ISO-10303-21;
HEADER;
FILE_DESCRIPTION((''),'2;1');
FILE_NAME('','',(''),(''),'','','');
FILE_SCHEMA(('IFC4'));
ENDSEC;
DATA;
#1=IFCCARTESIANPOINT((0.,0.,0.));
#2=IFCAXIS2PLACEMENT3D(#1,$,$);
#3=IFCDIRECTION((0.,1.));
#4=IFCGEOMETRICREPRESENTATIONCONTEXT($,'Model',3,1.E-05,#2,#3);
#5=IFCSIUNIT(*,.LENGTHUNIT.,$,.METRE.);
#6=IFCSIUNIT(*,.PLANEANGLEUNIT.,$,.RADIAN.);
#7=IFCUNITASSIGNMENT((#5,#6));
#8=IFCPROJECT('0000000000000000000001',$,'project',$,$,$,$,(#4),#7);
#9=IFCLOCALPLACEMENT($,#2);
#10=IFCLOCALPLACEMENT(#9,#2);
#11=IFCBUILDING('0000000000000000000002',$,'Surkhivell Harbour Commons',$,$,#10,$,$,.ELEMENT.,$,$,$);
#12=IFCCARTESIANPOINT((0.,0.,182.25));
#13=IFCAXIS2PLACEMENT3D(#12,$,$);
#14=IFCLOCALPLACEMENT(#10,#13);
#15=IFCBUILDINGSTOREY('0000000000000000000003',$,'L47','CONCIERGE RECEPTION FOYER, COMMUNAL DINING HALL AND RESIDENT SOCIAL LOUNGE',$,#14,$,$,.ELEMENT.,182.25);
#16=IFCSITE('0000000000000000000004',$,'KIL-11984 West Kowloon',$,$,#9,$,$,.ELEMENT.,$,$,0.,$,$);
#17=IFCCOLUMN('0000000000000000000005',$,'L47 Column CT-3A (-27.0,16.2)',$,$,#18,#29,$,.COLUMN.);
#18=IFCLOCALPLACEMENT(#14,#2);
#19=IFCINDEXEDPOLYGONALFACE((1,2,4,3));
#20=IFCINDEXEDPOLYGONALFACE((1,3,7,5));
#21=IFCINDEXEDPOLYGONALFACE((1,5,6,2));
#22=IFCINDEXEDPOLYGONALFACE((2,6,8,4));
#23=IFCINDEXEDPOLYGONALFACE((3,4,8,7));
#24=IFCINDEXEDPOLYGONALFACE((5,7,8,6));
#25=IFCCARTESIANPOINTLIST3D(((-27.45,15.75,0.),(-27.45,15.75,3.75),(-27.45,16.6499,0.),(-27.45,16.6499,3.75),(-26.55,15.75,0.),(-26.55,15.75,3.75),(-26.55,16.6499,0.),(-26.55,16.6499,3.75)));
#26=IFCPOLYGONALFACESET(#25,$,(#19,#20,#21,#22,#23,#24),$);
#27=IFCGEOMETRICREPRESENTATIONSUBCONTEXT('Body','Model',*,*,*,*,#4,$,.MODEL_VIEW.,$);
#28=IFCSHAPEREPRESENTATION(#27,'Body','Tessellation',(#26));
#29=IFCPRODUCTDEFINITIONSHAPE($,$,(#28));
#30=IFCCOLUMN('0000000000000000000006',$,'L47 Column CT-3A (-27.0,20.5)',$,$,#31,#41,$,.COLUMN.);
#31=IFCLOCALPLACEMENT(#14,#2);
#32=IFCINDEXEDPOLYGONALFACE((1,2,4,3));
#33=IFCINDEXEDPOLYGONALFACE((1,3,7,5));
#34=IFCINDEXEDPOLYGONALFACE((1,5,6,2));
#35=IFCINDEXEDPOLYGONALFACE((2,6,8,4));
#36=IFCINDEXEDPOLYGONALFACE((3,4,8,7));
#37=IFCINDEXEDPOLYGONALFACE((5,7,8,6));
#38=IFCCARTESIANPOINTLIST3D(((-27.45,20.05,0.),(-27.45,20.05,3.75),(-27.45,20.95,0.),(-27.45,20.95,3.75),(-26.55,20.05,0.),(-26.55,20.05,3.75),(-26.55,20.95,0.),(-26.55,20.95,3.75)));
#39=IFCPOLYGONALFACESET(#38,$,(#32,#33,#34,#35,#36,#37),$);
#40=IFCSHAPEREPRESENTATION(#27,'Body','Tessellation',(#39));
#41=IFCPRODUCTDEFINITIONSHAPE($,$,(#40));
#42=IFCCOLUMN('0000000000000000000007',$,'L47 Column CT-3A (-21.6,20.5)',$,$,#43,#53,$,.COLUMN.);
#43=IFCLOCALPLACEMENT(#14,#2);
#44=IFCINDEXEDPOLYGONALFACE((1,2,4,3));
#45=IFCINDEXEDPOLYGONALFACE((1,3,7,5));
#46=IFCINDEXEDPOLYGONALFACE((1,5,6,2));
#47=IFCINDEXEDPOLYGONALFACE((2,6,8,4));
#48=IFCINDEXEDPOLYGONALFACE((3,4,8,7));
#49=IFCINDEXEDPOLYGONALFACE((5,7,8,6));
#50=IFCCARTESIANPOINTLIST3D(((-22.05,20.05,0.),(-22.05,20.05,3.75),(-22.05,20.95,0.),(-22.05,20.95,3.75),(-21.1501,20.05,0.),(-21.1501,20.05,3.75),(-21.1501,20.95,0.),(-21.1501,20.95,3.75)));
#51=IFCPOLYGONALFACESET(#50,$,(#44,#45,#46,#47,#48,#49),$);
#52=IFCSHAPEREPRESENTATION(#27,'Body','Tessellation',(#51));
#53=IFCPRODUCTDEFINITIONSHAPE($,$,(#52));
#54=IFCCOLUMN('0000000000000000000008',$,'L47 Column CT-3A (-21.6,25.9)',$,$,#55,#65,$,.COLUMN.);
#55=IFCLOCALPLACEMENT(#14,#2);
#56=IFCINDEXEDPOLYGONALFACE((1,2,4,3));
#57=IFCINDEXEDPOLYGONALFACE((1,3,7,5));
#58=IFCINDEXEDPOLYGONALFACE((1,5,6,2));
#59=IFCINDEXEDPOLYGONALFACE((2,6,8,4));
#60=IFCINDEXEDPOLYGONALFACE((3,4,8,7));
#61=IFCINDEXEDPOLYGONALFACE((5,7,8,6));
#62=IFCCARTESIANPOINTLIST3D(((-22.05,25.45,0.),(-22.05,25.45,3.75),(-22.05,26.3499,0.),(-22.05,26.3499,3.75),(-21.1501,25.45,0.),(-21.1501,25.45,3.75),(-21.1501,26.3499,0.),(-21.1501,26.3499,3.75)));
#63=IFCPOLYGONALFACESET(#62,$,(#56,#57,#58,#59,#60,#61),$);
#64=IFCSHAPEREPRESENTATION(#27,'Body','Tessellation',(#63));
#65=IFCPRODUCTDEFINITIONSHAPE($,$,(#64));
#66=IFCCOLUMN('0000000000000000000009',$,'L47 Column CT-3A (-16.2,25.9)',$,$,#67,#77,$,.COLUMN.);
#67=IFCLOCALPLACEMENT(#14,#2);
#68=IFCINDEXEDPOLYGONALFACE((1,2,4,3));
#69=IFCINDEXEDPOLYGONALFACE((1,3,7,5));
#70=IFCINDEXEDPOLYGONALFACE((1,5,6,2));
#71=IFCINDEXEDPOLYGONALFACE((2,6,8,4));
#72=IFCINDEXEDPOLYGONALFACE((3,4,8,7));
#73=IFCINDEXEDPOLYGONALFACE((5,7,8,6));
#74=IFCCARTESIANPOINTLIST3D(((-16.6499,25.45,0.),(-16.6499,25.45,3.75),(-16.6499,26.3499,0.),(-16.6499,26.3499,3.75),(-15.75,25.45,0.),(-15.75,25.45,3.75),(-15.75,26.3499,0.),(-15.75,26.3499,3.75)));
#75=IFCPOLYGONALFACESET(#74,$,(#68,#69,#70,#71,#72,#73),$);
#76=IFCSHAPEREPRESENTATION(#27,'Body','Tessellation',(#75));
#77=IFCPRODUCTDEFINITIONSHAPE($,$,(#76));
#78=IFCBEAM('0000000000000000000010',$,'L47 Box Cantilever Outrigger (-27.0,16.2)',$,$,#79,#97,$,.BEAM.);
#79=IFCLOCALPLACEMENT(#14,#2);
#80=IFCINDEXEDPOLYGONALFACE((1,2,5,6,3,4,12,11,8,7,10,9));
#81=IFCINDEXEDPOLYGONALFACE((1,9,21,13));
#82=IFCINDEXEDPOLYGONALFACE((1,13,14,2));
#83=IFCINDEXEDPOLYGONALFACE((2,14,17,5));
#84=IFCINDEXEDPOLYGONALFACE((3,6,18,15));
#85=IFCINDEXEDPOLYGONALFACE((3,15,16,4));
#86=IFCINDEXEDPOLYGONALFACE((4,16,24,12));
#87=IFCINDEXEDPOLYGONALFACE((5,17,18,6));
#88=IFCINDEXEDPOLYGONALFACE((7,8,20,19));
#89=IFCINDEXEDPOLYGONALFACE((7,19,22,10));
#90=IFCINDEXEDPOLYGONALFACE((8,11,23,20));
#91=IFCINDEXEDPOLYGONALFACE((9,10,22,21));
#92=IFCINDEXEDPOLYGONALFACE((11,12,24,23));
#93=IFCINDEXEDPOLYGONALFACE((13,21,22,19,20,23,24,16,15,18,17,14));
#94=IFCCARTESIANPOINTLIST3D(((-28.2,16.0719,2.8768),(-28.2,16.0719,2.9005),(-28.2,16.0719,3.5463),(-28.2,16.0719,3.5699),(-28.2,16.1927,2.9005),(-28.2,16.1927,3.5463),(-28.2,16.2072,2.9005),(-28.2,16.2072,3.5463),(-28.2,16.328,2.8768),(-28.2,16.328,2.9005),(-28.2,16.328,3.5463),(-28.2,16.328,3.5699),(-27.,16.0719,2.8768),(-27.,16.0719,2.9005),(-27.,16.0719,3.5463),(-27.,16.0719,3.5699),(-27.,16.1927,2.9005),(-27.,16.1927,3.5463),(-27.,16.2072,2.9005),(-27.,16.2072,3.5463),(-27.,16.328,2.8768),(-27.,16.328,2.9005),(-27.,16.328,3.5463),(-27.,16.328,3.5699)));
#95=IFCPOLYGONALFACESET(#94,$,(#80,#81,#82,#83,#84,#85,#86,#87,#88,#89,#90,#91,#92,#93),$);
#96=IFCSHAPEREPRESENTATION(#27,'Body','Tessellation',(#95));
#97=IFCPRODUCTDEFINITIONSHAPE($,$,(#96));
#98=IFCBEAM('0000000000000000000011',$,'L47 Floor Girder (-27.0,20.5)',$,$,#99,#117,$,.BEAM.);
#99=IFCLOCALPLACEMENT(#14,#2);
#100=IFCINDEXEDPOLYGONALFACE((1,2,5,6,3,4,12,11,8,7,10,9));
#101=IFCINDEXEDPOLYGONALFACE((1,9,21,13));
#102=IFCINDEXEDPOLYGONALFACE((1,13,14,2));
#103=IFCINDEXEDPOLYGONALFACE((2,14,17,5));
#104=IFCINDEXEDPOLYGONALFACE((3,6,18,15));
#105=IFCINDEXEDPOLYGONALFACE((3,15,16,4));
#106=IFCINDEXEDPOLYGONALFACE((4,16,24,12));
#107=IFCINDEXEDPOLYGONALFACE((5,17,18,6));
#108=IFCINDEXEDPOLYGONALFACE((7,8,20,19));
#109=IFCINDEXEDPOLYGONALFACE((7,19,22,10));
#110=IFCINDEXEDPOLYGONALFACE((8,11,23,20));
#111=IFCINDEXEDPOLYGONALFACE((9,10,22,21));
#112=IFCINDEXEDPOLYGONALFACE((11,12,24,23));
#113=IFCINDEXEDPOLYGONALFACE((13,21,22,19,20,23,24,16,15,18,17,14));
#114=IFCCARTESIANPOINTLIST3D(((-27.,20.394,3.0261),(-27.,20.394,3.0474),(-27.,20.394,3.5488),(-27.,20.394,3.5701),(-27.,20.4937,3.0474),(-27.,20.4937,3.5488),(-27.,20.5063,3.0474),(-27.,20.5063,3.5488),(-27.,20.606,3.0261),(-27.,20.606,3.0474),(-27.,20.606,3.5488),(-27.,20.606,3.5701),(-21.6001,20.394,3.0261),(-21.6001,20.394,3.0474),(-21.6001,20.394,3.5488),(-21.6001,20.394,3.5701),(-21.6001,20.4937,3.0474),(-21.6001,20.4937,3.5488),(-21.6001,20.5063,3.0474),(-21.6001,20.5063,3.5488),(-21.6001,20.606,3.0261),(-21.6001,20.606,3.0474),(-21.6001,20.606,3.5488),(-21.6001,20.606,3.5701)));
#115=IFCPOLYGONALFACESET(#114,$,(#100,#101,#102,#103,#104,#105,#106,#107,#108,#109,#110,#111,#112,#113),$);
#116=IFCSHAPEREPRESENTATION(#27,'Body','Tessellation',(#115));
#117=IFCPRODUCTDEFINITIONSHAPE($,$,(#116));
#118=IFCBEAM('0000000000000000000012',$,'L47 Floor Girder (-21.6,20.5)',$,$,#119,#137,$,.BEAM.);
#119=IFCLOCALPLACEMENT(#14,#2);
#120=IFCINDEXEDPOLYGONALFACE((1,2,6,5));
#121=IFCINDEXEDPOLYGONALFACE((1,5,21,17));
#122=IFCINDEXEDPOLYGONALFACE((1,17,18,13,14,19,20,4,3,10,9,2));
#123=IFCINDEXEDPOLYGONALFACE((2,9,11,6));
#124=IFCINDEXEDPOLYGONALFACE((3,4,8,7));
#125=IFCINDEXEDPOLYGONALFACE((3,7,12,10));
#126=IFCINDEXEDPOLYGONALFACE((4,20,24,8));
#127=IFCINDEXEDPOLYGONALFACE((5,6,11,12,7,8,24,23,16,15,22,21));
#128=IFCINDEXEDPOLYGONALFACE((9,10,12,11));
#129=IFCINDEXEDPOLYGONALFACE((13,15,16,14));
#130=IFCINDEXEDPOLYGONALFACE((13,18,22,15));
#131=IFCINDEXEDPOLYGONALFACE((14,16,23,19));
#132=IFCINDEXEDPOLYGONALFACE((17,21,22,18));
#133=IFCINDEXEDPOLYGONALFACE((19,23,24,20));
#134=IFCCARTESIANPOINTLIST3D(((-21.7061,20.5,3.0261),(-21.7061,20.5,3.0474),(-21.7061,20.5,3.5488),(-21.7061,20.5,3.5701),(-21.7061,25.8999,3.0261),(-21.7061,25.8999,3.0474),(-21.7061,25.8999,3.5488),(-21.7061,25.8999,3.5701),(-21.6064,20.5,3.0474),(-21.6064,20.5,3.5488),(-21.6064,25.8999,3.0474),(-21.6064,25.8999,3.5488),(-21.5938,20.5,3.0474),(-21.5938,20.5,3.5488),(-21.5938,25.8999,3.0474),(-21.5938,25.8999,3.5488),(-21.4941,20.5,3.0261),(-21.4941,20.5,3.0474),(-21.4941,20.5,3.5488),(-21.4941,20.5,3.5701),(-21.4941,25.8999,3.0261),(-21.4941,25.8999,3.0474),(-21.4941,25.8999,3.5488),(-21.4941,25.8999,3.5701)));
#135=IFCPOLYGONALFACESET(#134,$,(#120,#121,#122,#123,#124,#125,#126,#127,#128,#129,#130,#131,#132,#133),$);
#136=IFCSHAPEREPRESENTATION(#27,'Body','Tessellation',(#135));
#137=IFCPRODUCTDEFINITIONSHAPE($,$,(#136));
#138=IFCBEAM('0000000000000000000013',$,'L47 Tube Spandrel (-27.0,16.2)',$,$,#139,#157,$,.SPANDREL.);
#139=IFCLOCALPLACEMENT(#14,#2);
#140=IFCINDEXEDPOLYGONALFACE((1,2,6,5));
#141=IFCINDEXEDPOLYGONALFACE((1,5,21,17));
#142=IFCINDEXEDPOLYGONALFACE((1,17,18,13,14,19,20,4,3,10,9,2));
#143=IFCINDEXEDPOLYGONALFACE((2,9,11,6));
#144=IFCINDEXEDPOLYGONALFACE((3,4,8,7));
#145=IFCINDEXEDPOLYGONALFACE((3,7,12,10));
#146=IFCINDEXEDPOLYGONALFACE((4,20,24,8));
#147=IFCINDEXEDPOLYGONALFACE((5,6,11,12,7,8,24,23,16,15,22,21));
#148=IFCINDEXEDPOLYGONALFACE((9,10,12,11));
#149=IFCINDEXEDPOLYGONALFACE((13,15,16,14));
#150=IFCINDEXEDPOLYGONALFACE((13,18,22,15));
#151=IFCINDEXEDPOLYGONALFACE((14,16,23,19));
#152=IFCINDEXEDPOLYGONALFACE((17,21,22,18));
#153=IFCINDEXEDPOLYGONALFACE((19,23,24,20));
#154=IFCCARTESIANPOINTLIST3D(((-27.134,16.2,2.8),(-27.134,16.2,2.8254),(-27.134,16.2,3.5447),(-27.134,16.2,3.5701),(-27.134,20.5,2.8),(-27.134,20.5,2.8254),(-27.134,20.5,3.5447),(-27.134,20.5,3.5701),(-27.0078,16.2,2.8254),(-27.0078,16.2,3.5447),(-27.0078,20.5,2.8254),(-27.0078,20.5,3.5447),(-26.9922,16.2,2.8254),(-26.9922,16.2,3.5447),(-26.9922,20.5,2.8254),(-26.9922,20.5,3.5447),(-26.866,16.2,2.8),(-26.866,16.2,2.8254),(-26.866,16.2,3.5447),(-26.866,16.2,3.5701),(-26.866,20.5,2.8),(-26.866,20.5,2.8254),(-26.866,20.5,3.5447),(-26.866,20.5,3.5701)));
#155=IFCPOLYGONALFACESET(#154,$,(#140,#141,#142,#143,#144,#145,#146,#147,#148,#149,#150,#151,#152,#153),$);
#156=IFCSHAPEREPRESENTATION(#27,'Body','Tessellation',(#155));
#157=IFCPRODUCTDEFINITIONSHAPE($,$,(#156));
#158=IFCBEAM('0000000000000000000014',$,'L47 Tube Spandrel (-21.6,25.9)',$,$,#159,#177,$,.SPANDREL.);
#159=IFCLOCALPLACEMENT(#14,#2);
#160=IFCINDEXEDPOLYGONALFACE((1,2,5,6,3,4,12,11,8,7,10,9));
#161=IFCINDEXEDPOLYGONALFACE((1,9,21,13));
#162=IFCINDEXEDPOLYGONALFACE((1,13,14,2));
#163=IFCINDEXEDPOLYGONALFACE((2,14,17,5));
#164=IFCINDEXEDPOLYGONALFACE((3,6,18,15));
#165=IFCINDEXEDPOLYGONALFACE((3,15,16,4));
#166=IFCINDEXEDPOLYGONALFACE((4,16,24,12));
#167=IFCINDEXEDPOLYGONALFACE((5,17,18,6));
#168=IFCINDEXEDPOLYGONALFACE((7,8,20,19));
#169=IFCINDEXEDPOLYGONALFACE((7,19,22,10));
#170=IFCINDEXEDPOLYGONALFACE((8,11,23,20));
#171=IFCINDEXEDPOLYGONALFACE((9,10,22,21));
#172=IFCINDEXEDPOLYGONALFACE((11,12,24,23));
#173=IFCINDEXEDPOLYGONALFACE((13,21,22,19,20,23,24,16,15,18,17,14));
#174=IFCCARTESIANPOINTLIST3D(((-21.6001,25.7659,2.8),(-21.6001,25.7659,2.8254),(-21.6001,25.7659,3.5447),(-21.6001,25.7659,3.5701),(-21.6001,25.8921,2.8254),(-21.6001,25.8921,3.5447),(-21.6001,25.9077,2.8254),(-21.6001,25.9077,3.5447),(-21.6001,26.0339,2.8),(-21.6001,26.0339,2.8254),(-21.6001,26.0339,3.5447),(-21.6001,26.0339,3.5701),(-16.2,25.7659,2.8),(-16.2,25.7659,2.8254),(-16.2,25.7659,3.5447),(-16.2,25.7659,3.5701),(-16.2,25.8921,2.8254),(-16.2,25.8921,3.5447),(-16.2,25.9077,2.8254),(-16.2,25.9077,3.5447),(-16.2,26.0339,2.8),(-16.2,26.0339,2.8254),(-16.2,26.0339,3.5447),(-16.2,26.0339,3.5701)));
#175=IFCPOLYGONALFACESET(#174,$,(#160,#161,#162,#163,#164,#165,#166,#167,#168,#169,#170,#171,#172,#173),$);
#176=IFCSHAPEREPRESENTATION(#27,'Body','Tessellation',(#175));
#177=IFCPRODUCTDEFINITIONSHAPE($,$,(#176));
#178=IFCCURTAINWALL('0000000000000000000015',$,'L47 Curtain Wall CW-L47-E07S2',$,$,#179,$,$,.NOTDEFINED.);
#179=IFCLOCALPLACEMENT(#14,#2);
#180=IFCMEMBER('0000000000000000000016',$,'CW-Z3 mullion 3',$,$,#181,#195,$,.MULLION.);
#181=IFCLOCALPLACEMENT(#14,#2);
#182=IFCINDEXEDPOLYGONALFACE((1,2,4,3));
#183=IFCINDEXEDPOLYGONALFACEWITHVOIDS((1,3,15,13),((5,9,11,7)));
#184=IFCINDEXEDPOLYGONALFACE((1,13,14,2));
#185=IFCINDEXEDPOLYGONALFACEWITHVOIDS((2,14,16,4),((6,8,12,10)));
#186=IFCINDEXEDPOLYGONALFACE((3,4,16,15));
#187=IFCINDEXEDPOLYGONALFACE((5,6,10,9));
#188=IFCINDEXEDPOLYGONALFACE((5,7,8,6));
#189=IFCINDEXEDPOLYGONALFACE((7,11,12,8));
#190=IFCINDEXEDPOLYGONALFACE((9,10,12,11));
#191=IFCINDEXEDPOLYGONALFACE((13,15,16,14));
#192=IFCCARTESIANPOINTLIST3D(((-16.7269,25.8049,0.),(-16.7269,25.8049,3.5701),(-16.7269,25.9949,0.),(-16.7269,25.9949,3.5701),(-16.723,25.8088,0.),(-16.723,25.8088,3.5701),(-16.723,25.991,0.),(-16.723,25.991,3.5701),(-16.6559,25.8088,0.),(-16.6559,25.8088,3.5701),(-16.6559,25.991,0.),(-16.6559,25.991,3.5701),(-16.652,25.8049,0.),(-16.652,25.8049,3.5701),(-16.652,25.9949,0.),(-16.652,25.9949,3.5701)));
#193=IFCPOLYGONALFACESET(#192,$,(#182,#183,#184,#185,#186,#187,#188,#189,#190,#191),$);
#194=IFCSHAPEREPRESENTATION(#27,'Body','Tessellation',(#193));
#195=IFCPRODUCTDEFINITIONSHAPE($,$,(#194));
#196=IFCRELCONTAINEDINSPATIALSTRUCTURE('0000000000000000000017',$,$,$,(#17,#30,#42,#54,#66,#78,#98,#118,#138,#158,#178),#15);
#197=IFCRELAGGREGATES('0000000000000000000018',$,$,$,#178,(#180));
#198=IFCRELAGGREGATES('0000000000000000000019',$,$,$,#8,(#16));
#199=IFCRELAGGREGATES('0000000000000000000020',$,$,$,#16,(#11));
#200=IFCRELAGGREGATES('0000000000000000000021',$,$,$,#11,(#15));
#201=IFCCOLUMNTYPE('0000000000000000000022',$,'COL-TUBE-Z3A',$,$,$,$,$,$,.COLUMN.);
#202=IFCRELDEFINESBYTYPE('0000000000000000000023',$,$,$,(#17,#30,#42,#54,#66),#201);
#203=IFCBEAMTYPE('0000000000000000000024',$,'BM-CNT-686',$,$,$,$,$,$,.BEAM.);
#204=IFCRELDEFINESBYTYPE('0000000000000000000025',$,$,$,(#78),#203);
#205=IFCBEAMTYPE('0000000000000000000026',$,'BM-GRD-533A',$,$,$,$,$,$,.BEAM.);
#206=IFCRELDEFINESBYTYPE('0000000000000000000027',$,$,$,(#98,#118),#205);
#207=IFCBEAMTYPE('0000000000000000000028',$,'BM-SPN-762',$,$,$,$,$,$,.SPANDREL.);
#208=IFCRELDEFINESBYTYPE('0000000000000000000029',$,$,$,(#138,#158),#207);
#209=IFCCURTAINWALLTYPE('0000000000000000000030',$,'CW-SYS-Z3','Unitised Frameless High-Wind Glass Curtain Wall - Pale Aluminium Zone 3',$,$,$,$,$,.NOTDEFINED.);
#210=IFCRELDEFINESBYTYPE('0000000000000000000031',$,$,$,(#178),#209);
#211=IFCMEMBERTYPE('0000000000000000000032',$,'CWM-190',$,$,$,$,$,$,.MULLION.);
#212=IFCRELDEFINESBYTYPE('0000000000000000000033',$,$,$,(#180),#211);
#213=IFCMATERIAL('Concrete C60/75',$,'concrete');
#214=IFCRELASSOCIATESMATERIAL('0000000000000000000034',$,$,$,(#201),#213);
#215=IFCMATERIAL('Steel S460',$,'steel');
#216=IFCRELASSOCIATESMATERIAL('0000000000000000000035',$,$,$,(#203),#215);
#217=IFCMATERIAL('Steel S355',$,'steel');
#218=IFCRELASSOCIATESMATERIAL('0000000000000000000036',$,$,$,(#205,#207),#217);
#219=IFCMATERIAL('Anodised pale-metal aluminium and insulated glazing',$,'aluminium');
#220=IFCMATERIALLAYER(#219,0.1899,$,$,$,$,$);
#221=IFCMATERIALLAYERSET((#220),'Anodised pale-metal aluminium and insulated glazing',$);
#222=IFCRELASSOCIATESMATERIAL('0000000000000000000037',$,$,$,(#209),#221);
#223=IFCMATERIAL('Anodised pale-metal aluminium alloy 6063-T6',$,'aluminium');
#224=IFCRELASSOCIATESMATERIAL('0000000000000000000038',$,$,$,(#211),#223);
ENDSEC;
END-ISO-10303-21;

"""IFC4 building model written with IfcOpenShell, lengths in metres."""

from ifc_helpers import new_model, si_unit, direction, frame, origin, origin_2d, place, context, subcontext, project, spatial, rectangle, hollow_rectangle, i_section, extrude, material, layer, layer_set, material_profile, profile_set, type_object, element, aggregate, save


model = new_model("IFC4")

# Units and contexts
model_context = context("Model", 3, precision=1e-05, world=origin(), true_north=direction((0.0, 1.0)))
body_context = subcontext(model_context, "Body", "Model", "MODEL_VIEW")
ifc_project = project(units=[si_unit("LENGTHUNIT", "METRE"), si_unit("PLANEANGLEUNIT", "RADIAN")], contexts=[model_context])

# Site, building, storey
site_placement = place(None, origin())
site = spatial("IfcSite", under=ifc_project, at=site_placement, Name="KIL-11984 West Kowloon", CompositionType="ELEMENT", RefElevation=0.0)
building_placement = place(site_placement, origin())
building = spatial("IfcBuilding", under=site, at=building_placement, Name="Surkhivell Harbour Commons", CompositionType="ELEMENT")
storey_placement = place(building_placement, frame((0.0, 0.0, 182.25)))
storey = spatial("IfcBuildingStorey", under=building, at=storey_placement, Name="L47", Description="CONCIERGE RECEPTION FOYER, COMMUNAL DINING HALL AND RESIDENT SOCIAL LOUNGE", CompositionType="ELEMENT", Elevation=182.25)

# Columns
ifc_material_1 = material(Name="Concrete C60/75", Category="concrete")
ifc_material_profile_1 = material_profile(ifc_material_1, rectangle(XDim=0.8999, YDim=0.8999, at=origin_2d()), Name="RC-COL-900x900")
ifc_profile_set_1 = profile_set([ifc_material_profile_1], Name="Concrete C60/75")
column_type = type_object("IfcColumnType", Name="COL-TUBE-Z3A", PredefinedType="COLUMN", material=ifc_profile_set_1)
for number, where, z_axis, x_axis, name in (
    (1, (-27.0, 16.2, 0.0), (0.0, 0.0, 1.0), (1.0, 0.0, 0.0), "L47 Column CT-3A (-27.0,16.2)"),
    (2, (-27.0, 20.5, 0.0), (0.0, 0.0, 1.0), (1.0, 0.0, 0.0), "L47 Column CT-3A (-27.0,20.5)"),
    (3, (-21.6001, 20.5, 0.0), (0.0, 0.0, 1.0), (1.0, 0.0, 0.0), "L47 Column CT-3A (-21.6,20.5)"),
    (4, (-21.6001, 25.8999, 0.0), (0.0, 0.0, 1.0), (1.0, 0.0, 0.0), "L47 Column CT-3A (-21.6,25.9)"),
    (5, (-16.2, 25.8999, 0.0), (0.0, 0.0, 1.0), (1.0, 0.0, 0.0), "L47 Column CT-3A (-16.2,25.9)"),
):
    element("IfcColumn", number, at=place(storey_placement, frame(where, z_axis=z_axis, x_axis=x_axis)), inside=storey, type_object=column_type, Name=name, PredefinedType="COLUMN", context=body_context, shape_type="SweptSolid", body=[
        extrude(rectangle(XDim=0.8999, YDim=0.8999, at=origin_2d()), origin(), (0.0, 0.0, 1.0), 3.75),
    ])

# Beams
ifc_material_2 = material(Name="Steel S460", Category="steel")
ifc_material_profile_2 = material_profile(ifc_material_2, i_section(OverallWidth=0.2561, OverallDepth=0.6931, WebThickness=0.0144, FlangeThickness=0.0237, at=origin_2d()), Name="UB686x254x170")
ifc_profile_set_2 = profile_set([ifc_material_profile_2], Name="Steel S460")
beam_type_1 = type_object("IfcBeamType", Name="BM-CNT-686", PredefinedType="BEAM", material=ifc_profile_set_2)
beam_1_placement = place(storey_placement, frame((-27.0, 16.2, 3.2234), z_axis=(-1.0, 0.0, 0.0), x_axis=(0.0, -1.0, 0.0)))
element("IfcBeam", 6, at=beam_1_placement, inside=storey, type_object=beam_type_1, Name="L47 Box Cantilever Outrigger (-27.0,16.2)", PredefinedType="BEAM", context=body_context, shape_type="SweptSolid", body=[
    extrude(i_section(OverallWidth=0.2561, OverallDepth=0.6931, WebThickness=0.0144, FlangeThickness=0.0237, at=origin_2d()), origin(), (0.0, 0.0, 1.0), 1.2),
])
ifc_material_3 = material(Name="Steel S355", Category="steel")
ifc_material_profile_3 = material_profile(ifc_material_3, i_section(OverallWidth=0.2119, OverallDepth=0.5439, WebThickness=0.0127, FlangeThickness=0.0212, at=origin_2d()), Name="UB533x210x122")
ifc_profile_set_3 = profile_set([ifc_material_profile_3], Name="Steel S355")
beam_type_2 = type_object("IfcBeamType", Name="BM-GRD-533A", PredefinedType="BEAM", material=ifc_profile_set_3)
for number, where, z_axis, x_axis, name in (
    (7, (-27.0, 20.5, 3.2981), (1.0, 0.0, 0.0), (0.0, 1.0, 0.0), "L47 Floor Girder (-27.0,20.5)"),
    (8, (-21.6001, 20.5, 3.2981), (0.0, 1.0, 0.0), (-1.0, 0.0, 0.0), "L47 Floor Girder (-21.6,20.5)"),
):
    element("IfcBeam", number, at=place(storey_placement, frame(where, z_axis=z_axis, x_axis=x_axis)), inside=storey, type_object=beam_type_2, Name=name, PredefinedType="BEAM", context=body_context, shape_type="SweptSolid", body=[
        extrude(i_section(OverallWidth=0.2119, OverallDepth=0.5439, WebThickness=0.0127, FlangeThickness=0.0212, at=origin_2d()), origin(), (0.0, 0.0, 1.0), 5.3999),
    ])
ifc_material_profile_4 = material_profile(ifc_material_3, i_section(OverallWidth=0.2681, OverallDepth=0.77, WebThickness=0.0156, FlangeThickness=0.0254, at=origin_2d()), Name="UB762x267x197")
ifc_profile_set_4 = profile_set([ifc_material_profile_4], Name="Steel S355")
beam_type_3 = type_object("IfcBeamType", Name="BM-SPN-762", PredefinedType="SPANDREL", material=ifc_profile_set_4)
beam_2_placement = place(storey_placement, frame((-27.0, 16.2, 3.1851), z_axis=(0.0, 1.0, 0.0), x_axis=(-1.0, 0.0, 0.0)))
element("IfcBeam", 9, at=beam_2_placement, inside=storey, type_object=beam_type_3, Name="L47 Tube Spandrel (-27.0,16.2)", PredefinedType="SPANDREL", context=body_context, shape_type="SweptSolid", body=[
    extrude(i_section(OverallWidth=0.2681, OverallDepth=0.77, WebThickness=0.0156, FlangeThickness=0.0254, at=origin_2d()), origin(), (0.0, 0.0, 1.0), 4.3),
])
beam_3_placement = place(storey_placement, frame((-21.6001, 25.8999, 3.1851), z_axis=(1.0, 0.0, 0.0), x_axis=(0.0, 1.0, 0.0)))
element("IfcBeam", 10, at=beam_3_placement, inside=storey, type_object=beam_type_3, Name="L47 Tube Spandrel (-21.6,25.9)", PredefinedType="SPANDREL", context=body_context, shape_type="SweptSolid", body=[
    extrude(i_section(OverallWidth=0.2681, OverallDepth=0.77, WebThickness=0.0156, FlangeThickness=0.0254, at=origin_2d()), origin(), (0.0, 0.0, 1.0), 5.4001),
])

# Curtain wall, member
ifc_material_4 = material(Name="Anodised pale-metal aluminium and insulated glazing", Category="aluminium")
ifc_layer_1 = layer(ifc_material_4, 0.1899)
ifc_layer_set_1 = layer_set([ifc_layer_1], Name="Anodised pale-metal aluminium and insulated glazing")
curtain_wall_type = type_object("IfcCurtainWallType", Name="CW-SYS-Z3", Description="Unitised Frameless High-Wind Glass Curtain Wall - Pale Aluminium Zone 3", PredefinedType="NOTDEFINED", material=ifc_layer_set_1)
curtain_wall_1_placement = place(storey_placement, origin())
curtain_wall_1 = element("IfcCurtainWall", 11, at=curtain_wall_1_placement, inside=storey, type_object=curtain_wall_type, Name="L47 Curtain Wall CW-L47-E07S2", PredefinedType="NOTDEFINED")
ifc_material_5 = material(Name="Anodised pale-metal aluminium alloy 6063-T6", Category="aluminium")
ifc_material_profile_5 = material_profile(ifc_material_5, hollow_rectangle(XDim=0.075, YDim=0.1899, WallThickness=0.0039, at=origin_2d()), Name="ALU-MULL-75x190")
ifc_profile_set_5 = profile_set([ifc_material_profile_5], Name="Anodised pale-metal aluminium alloy 6063-T6")
member_type_1 = type_object("IfcMemberType", Name="CWM-190", PredefinedType="MULLION", material=ifc_profile_set_5)
member_1_placement = place(storey_placement, frame((-16.6895, 25.8999, 0.0), z_axis=(0.0, 0.0, 1.0), x_axis=(-1.0, 0.0, 0.0)))
member_1 = element("IfcMember", 12, at=member_1_placement, type_object=member_type_1, Name="CW-Z3 mullion 3", PredefinedType="MULLION", context=body_context, shape_type="SweptSolid", body=[
    extrude(hollow_rectangle(XDim=0.075, YDim=0.1899, WallThickness=0.0039, at=origin_2d()), origin(), (0.0, 0.0, 1.0), 3.5701),
])

aggregate(curtain_wall_1, [member_1])

save(model, "model.ifc")
